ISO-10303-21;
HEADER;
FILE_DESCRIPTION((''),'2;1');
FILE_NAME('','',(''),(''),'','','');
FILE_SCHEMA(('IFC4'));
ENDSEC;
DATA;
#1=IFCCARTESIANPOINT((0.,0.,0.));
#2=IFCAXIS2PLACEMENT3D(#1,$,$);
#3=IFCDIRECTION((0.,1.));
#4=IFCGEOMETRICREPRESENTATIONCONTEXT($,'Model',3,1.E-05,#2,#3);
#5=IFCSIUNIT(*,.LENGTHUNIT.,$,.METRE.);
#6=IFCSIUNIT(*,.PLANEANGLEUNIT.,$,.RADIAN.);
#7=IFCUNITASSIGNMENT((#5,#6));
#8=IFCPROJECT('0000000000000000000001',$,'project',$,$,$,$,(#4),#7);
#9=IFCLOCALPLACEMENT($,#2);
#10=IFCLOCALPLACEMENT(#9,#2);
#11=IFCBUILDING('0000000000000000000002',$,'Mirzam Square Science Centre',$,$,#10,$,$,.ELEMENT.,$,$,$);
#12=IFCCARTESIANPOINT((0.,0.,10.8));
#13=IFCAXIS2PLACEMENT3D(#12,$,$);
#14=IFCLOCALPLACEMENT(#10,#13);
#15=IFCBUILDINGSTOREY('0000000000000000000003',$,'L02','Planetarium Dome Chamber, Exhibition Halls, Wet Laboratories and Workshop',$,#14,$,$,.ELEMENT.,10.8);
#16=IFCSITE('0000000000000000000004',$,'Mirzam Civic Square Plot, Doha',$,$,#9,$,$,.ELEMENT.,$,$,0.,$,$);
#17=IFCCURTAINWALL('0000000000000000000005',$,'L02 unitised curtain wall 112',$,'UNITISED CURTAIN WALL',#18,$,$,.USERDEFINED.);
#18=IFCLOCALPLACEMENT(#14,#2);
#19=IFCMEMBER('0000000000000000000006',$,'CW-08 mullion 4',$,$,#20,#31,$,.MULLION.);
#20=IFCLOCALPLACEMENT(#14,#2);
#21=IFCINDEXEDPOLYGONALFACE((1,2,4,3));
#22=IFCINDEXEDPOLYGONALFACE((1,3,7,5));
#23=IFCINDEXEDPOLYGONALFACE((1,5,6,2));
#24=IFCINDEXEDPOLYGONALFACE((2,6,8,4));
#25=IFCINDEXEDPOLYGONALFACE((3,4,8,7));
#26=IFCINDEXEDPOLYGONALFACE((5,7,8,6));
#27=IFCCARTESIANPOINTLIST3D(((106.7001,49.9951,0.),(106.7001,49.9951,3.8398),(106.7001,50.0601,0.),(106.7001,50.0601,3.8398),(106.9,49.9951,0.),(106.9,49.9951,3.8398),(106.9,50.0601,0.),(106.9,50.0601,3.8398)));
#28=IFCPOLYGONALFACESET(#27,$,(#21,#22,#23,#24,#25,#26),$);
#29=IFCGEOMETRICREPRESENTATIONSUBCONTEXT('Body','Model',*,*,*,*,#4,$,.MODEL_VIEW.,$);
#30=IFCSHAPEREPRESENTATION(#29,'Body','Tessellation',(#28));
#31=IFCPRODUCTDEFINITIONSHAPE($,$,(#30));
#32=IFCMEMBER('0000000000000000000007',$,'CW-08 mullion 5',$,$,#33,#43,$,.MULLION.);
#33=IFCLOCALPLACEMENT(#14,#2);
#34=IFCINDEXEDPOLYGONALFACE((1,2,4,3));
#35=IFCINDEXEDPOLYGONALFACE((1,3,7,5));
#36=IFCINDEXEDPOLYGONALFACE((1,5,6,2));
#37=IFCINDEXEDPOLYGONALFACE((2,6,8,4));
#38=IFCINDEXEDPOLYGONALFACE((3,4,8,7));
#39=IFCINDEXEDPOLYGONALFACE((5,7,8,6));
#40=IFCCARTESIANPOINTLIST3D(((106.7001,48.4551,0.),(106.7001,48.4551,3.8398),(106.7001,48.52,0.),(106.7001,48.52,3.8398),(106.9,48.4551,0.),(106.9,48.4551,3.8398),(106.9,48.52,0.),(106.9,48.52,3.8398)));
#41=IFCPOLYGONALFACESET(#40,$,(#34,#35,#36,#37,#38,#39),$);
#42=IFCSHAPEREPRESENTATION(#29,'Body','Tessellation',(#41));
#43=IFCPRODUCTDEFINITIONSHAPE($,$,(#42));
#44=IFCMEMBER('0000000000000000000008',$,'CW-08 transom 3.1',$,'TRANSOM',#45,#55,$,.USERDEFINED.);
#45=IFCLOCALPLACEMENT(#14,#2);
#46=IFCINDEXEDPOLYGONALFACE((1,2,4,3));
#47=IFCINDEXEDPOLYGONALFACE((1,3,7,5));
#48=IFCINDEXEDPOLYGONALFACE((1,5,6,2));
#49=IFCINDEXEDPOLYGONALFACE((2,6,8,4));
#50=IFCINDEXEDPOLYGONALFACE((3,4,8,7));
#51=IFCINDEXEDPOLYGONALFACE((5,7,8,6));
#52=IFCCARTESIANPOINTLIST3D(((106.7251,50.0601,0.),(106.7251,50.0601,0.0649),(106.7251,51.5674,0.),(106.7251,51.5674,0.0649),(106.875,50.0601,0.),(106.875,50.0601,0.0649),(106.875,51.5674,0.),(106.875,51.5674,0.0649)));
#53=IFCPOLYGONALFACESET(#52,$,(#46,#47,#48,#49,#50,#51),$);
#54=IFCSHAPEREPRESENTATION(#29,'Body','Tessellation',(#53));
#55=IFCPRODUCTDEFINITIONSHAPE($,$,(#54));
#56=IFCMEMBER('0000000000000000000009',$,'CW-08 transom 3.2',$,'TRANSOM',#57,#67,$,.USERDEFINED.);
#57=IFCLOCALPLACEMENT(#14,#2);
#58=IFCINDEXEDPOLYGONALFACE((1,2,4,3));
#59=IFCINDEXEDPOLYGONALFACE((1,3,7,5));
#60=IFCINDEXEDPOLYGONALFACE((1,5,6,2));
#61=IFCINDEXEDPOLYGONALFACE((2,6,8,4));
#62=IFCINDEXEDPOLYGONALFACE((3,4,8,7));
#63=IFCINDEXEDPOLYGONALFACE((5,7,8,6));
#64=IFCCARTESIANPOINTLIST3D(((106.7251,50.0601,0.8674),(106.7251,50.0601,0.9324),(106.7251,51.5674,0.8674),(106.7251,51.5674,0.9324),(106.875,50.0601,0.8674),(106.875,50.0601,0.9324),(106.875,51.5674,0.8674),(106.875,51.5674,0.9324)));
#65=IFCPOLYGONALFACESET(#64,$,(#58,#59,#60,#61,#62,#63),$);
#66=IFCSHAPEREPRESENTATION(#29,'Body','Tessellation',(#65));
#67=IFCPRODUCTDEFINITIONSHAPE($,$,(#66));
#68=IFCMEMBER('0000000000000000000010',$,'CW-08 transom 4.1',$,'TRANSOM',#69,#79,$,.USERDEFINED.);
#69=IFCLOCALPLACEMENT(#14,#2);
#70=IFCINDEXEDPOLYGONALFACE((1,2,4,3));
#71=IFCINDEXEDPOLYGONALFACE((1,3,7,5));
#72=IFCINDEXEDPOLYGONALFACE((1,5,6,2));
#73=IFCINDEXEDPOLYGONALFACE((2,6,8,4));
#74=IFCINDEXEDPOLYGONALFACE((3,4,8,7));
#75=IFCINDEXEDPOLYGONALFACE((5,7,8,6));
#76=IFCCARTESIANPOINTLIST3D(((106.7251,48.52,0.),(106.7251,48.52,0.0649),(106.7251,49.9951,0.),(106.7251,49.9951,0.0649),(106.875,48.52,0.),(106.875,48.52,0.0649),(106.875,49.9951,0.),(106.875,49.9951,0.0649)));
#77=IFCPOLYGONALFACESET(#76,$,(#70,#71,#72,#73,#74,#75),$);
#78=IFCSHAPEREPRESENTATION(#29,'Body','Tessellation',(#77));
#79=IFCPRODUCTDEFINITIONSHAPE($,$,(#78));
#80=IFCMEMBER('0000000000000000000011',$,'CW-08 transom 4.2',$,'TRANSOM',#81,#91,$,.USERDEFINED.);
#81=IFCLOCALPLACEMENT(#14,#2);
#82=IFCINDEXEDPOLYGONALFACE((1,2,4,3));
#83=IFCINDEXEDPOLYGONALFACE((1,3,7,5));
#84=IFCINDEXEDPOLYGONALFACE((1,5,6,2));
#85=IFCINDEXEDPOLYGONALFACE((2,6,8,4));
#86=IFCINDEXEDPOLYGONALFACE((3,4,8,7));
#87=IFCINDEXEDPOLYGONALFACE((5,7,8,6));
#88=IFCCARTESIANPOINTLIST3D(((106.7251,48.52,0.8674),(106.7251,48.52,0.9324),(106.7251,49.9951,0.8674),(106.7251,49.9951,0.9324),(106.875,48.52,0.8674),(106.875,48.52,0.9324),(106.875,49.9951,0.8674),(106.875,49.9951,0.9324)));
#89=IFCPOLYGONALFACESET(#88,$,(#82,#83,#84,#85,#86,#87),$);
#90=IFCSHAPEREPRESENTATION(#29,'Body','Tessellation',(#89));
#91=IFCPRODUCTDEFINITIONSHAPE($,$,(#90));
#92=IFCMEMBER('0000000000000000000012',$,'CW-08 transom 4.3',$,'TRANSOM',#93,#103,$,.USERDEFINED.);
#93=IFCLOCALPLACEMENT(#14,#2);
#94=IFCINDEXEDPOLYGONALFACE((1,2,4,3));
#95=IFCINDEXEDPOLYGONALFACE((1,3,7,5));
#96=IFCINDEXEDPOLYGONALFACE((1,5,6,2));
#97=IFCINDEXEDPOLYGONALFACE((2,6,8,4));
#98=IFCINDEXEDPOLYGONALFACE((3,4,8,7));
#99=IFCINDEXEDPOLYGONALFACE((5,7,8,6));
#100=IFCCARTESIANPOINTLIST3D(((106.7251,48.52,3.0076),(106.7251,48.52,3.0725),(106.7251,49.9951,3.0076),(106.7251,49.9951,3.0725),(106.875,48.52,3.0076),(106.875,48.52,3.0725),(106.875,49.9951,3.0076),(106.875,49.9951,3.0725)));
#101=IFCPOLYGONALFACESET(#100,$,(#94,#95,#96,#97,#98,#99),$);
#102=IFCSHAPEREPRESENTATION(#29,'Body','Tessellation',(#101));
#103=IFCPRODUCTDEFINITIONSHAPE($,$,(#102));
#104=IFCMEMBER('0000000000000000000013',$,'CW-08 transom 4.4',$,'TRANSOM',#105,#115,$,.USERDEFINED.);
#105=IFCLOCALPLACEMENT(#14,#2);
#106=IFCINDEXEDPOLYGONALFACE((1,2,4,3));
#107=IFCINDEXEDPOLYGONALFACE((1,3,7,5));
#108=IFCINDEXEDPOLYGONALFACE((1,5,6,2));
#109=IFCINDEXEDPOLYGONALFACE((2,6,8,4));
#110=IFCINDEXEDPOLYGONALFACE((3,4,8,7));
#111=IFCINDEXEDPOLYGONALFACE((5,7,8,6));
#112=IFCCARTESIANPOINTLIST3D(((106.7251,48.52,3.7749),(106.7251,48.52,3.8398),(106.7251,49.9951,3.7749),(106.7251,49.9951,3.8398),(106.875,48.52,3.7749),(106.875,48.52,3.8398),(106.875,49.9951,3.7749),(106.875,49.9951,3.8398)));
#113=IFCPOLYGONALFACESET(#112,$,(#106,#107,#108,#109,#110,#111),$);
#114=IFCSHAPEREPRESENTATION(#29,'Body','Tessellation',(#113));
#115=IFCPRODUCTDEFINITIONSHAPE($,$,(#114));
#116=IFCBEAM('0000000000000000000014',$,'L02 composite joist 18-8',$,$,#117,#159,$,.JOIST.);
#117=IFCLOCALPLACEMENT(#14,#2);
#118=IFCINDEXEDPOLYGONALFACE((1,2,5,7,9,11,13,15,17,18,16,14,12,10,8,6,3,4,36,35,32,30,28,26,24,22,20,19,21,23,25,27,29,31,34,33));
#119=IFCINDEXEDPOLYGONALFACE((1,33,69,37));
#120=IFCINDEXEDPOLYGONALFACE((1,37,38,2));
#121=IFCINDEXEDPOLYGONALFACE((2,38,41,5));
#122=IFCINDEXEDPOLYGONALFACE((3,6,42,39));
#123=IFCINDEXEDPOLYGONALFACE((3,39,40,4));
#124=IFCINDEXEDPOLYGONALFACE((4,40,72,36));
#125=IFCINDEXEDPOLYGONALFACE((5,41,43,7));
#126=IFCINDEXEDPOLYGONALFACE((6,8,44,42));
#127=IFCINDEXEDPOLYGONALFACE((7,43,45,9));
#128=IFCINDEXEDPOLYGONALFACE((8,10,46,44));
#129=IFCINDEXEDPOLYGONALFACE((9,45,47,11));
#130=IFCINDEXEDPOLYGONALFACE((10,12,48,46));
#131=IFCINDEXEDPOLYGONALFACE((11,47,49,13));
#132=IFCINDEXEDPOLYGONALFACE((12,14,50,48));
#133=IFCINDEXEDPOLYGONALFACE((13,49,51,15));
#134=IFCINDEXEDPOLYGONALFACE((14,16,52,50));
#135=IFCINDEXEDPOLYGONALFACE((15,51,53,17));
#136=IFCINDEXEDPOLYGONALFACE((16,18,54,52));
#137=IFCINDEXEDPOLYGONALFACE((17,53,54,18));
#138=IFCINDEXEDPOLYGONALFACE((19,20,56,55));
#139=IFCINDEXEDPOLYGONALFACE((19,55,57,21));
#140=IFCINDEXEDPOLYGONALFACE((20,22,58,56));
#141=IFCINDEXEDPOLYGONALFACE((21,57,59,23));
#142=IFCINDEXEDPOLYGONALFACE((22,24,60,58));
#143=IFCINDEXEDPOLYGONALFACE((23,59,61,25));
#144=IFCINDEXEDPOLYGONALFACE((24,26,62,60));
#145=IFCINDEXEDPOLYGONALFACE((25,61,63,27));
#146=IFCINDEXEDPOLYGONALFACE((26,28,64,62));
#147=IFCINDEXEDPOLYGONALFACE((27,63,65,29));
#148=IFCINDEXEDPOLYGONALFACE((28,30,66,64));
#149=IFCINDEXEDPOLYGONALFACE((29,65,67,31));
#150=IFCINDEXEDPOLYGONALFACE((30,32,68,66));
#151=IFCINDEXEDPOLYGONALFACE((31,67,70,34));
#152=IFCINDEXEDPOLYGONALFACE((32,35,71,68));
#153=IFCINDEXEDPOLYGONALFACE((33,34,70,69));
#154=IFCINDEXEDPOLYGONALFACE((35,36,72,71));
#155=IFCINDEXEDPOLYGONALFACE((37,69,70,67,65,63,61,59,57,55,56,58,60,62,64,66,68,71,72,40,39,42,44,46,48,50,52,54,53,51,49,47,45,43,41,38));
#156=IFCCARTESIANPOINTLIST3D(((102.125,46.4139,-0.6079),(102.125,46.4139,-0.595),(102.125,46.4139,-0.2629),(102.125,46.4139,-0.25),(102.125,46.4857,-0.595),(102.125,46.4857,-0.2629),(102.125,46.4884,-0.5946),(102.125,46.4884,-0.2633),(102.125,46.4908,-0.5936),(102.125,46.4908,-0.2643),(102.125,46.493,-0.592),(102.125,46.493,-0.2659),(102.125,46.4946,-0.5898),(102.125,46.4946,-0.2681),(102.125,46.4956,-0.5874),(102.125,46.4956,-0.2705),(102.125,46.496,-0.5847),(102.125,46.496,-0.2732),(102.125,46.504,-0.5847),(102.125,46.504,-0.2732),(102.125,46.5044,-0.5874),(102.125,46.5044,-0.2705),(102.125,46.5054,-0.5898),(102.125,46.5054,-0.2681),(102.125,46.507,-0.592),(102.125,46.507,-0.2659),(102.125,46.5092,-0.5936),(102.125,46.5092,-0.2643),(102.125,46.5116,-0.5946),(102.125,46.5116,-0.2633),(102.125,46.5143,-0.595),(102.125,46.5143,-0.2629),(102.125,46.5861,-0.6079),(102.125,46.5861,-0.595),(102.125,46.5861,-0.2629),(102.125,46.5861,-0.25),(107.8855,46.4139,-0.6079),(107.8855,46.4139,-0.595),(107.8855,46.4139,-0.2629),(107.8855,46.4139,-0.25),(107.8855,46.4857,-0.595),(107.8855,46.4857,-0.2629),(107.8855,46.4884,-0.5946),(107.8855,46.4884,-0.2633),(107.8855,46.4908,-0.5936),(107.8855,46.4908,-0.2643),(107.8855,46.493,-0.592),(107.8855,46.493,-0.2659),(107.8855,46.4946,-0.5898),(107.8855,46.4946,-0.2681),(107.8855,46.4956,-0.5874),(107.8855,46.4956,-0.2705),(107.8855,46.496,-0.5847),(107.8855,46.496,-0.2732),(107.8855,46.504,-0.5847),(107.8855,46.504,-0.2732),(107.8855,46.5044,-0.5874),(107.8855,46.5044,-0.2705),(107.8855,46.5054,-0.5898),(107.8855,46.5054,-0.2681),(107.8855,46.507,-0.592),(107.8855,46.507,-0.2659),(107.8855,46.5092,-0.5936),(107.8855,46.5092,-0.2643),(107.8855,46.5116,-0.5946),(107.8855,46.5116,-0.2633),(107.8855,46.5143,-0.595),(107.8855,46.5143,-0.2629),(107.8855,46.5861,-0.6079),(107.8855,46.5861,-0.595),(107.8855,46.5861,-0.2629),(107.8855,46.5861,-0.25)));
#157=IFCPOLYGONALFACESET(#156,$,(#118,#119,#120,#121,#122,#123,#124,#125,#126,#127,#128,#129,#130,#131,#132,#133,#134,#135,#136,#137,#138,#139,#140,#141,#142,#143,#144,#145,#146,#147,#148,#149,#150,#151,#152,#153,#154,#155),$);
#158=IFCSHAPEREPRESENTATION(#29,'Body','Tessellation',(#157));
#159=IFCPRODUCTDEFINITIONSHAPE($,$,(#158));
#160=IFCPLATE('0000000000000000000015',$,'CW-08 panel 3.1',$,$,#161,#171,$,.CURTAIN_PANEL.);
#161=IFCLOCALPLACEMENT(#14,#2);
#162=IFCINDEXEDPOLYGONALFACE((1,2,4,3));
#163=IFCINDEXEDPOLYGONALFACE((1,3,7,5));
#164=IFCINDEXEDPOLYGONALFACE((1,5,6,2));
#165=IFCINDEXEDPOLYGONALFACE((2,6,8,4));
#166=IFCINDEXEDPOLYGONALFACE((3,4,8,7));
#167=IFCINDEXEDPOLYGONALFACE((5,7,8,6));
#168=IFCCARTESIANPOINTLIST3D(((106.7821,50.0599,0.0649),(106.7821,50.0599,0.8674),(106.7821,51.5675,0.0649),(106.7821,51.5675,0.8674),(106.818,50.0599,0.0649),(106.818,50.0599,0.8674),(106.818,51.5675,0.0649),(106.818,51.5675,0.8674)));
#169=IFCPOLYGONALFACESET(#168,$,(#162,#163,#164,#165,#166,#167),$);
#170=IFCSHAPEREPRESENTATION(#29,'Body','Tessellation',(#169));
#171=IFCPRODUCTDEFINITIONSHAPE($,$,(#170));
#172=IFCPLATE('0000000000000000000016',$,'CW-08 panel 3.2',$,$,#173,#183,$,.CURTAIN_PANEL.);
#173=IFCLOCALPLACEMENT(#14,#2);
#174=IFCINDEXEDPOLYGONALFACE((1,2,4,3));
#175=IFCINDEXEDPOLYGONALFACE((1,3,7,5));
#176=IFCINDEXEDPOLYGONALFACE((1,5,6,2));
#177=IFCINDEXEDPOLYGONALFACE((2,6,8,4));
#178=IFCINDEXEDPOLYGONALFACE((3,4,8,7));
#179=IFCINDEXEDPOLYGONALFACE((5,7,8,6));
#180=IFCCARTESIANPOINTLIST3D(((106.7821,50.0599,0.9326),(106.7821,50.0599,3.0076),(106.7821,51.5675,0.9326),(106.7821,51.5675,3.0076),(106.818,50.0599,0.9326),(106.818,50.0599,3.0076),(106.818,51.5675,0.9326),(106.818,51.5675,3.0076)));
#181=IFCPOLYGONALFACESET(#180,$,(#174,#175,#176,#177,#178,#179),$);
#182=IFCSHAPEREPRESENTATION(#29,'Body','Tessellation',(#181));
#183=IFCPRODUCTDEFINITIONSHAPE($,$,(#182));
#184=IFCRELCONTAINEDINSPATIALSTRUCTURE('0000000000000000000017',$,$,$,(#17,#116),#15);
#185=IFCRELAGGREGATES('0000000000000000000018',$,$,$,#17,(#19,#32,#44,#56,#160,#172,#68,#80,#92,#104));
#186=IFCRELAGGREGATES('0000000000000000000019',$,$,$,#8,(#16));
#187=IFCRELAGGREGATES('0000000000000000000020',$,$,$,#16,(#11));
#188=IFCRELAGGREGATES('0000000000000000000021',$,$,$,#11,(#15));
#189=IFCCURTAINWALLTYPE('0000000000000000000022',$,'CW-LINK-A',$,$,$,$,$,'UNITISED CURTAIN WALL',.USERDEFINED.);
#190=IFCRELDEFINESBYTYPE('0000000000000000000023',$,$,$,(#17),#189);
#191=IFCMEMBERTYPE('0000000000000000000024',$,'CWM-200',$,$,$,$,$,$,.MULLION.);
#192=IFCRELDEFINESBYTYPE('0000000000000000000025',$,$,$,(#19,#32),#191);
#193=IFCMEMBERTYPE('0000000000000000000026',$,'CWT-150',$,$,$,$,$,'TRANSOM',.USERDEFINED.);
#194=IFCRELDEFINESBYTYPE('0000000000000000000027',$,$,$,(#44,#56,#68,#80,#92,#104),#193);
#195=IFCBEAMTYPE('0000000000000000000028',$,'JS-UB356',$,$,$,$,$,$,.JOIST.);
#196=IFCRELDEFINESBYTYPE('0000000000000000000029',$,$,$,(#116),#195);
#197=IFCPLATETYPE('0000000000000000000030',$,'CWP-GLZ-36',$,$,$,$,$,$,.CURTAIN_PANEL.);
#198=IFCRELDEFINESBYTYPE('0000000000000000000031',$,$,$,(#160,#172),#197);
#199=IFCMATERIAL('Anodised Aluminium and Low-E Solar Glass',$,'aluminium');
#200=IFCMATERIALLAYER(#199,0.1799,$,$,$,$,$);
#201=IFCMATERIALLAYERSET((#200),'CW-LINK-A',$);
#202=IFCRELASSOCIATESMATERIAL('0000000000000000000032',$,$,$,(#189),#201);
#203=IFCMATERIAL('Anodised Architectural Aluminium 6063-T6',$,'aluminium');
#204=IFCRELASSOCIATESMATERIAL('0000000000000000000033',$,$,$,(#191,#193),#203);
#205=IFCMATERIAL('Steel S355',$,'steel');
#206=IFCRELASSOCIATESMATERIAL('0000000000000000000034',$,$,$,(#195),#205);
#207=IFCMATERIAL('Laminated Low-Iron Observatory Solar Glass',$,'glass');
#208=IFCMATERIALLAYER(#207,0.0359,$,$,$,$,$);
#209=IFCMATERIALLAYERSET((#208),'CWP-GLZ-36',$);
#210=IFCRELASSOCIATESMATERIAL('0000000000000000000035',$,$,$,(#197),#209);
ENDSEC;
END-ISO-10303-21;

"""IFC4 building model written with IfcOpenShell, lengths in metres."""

from ifc_helpers import new_model, si_unit, direction, frame, origin, origin_2d, place, context, subcontext, project, spatial, rectangle, i_section, extrude, material, layer, layer_set, material_profile, profile_set, type_object, element, aggregate, save


model = new_model("IFC4")

# Units and contexts
model_context = context("Model", 3, precision=1e-05, world=origin(), true_north=direction((0.0, 1.0)))
body_context = subcontext(model_context, "Body", "Model", "MODEL_VIEW")
ifc_project = project(units=[si_unit("LENGTHUNIT", "METRE"), si_unit("PLANEANGLEUNIT", "RADIAN")], contexts=[model_context])

# Site, building, storey
site_placement = place(None, origin())
site = spatial("IfcSite", under=ifc_project, at=site_placement, Name="Mirzam Civic Square Plot, Doha", CompositionType="ELEMENT", RefElevation=0.0)
building_placement = place(site_placement, origin())
building = spatial("IfcBuilding", under=site, at=building_placement, Name="Mirzam Square Science Centre", CompositionType="ELEMENT")
storey_placement = place(building_placement, frame((0.0, 0.0, 10.8)))
storey = spatial("IfcBuildingStorey", under=building, at=storey_placement, Name="L02", Description="Planetarium Dome Chamber, Exhibition Halls, Wet Laboratories and Workshop", CompositionType="ELEMENT", Elevation=10.8)

# Curtain wall, members
ifc_material_1 = material(Name="Anodised Aluminium and Low-E Solar Glass", Category="aluminium")
ifc_layer_1 = layer(ifc_material_1, 0.1799)
ifc_layer_set_1 = layer_set([ifc_layer_1], Name="CW-LINK-A")
curtain_wall_type = type_object("IfcCurtainWallType", Name="CW-LINK-A", ElementType="UNITISED CURTAIN WALL", PredefinedType="USERDEFINED", material=ifc_layer_set_1)
curtain_wall_placement = place(storey_placement, origin())
curtain_wall = element("IfcCurtainWall", 1, at=curtain_wall_placement, inside=storey, type_object=curtain_wall_type, Name="L02 unitised curtain wall 112", ObjectType="UNITISED CURTAIN WALL", PredefinedType="USERDEFINED")
ifc_material_2 = material(Name="Anodised Architectural Aluminium 6063-T6", Category="aluminium")
ifc_material_profile_1 = material_profile(ifc_material_2, rectangle(XDim=0.0649, YDim=0.2, at=origin_2d()), Name="ALU-MULL-200x65x5")
ifc_profile_set_1 = profile_set([ifc_material_profile_1], Name="Anodised Architectural Aluminium 6063-T6")
member_type_1 = type_object("IfcMemberType", Name="CWM-200", PredefinedType="MULLION", material=ifc_profile_set_1)
member_1_placement = place(storey_placement, frame((106.8, 50.0276, 0.0), z_axis=(0.0, 0.0, 1.0), x_axis=(0.0, -1.0, 0.0)))
member_1 = element("IfcMember", 2, at=member_1_placement, type_object=member_type_1, Name="CW-08 mullion 4", PredefinedType="MULLION", context=body_context, shape_type="SweptSolid", body=[
    extrude(rectangle(XDim=0.0649, YDim=0.2, at=origin_2d()), origin(), (0.0, 0.0, 1.0), 3.8398),
])
member_2_placement = place(storey_placement, frame((106.8, 48.4875, 0.0), z_axis=(0.0, 0.0, 1.0), x_axis=(0.0, -1.0, 0.0)))
member_2 = element("IfcMember", 3, at=member_2_placement, type_object=member_type_1, Name="CW-08 mullion 5", PredefinedType="MULLION", context=body_context, shape_type="SweptSolid", body=[
    extrude(rectangle(XDim=0.0649, YDim=0.2, at=origin_2d()), origin(), (0.0, 0.0, 1.0), 3.8398),
])
ifc_material_profile_2 = material_profile(ifc_material_2, rectangle(XDim=0.1499, YDim=0.0649, at=origin_2d()), Name="ALU-TRAN-150x65x4")
ifc_profile_set_2 = profile_set([ifc_material_profile_2], Name="Anodised Architectural Aluminium 6063-T6")
member_type_2 = type_object("IfcMemberType", Name="CWT-150", ElementType="TRANSOM", PredefinedType="USERDEFINED", material=ifc_profile_set_2)
member_3_placement = place(storey_placement, frame((106.8, 51.5674, 0.0325), z_axis=(0.0, -1.0, 0.0), x_axis=(1.0, 0.0, 0.0)))
member_3 = element("IfcMember", 4, at=member_3_placement, type_object=member_type_2, Name="CW-08 transom 3.1", ObjectType="TRANSOM", PredefinedType="USERDEFINED", context=body_context, shape_type="SweptSolid", body=[
    extrude(rectangle(XDim=0.1499, YDim=0.0649, at=origin_2d()), origin(), (0.0, 0.0, 1.0), 1.5073),
])
member_4_placement = place(storey_placement, frame((106.8, 51.5674, 0.8999), z_axis=(0.0, -1.0, 0.0), x_axis=(1.0, 0.0, 0.0)))
member_4 = element("IfcMember", 5, at=member_4_placement, type_object=member_type_2, Name="CW-08 transom 3.2", ObjectType="TRANSOM", PredefinedType="USERDEFINED", context=body_context, shape_type="SweptSolid", body=[
    extrude(rectangle(XDim=0.1499, YDim=0.0649, at=origin_2d()), origin(), (0.0, 0.0, 1.0), 1.5073),
])
member_5_placement = place(storey_placement, frame((106.8, 49.9951, 0.0325), z_axis=(0.0, -1.0, 0.0), x_axis=(1.0, 0.0, 0.0)))
member_5 = element("IfcMember", 6, at=member_5_placement, type_object=member_type_2, Name="CW-08 transom 4.1", ObjectType="TRANSOM", PredefinedType="USERDEFINED", context=body_context, shape_type="SweptSolid", body=[
    extrude(rectangle(XDim=0.1499, YDim=0.0649, at=origin_2d()), origin(), (0.0, 0.0, 1.0), 1.4751),
])
member_6_placement = place(storey_placement, frame((106.8, 49.9951, 0.8999), z_axis=(0.0, -1.0, 0.0), x_axis=(1.0, 0.0, 0.0)))
member_6 = element("IfcMember", 7, at=member_6_placement, type_object=member_type_2, Name="CW-08 transom 4.2", ObjectType="TRANSOM", PredefinedType="USERDEFINED", context=body_context, shape_type="SweptSolid", body=[
    extrude(rectangle(XDim=0.1499, YDim=0.0649, at=origin_2d()), origin(), (0.0, 0.0, 1.0), 1.4751),
])
member_7_placement = place(storey_placement, frame((106.8, 49.9951, 3.04), z_axis=(0.0, -1.0, 0.0), x_axis=(1.0, 0.0, 0.0)))
member_7 = element("IfcMember", 8, at=member_7_placement, type_object=member_type_2, Name="CW-08 transom 4.3", ObjectType="TRANSOM", PredefinedType="USERDEFINED", context=body_context, shape_type="SweptSolid", body=[
    extrude(rectangle(XDim=0.1499, YDim=0.0649, at=origin_2d()), origin(), (0.0, 0.0, 1.0), 1.4751),
])
member_8_placement = place(storey_placement, frame((106.8, 49.9951, 3.8074), z_axis=(0.0, -1.0, 0.0), x_axis=(1.0, 0.0, 0.0)))
member_8 = element("IfcMember", 9, at=member_8_placement, type_object=member_type_2, Name="CW-08 transom 4.4", ObjectType="TRANSOM", PredefinedType="USERDEFINED", context=body_context, shape_type="SweptSolid", body=[
    extrude(rectangle(XDim=0.1499, YDim=0.0649, at=origin_2d()), origin(), (0.0, 0.0, 1.0), 1.4751),
])

# Beam
ifc_material_3 = material(Name="Steel S355", Category="steel")
ifc_material_profile_3 = material_profile(ifc_material_3, i_section(OverallWidth=0.1721, OverallDepth=0.3579, WebThickness=0.0081, FlangeThickness=0.0129, FilletRadius=0.0103, at=origin_2d()), Name="356x171x57UB")
ifc_profile_set_3 = profile_set([ifc_material_profile_3], Name="Steel S355")
beam_type = type_object("IfcBeamType", Name="JS-UB356", PredefinedType="JOIST", material=ifc_profile_set_3)
beam_placement = place(storey_placement, frame((102.125, 46.5, -0.429), z_axis=(1.0, 0.0, 0.0), x_axis=(0.0, 1.0, 0.0)))
element("IfcBeam", 10, at=beam_placement, inside=storey, type_object=beam_type, Name="L02 composite joist 18-8", PredefinedType="JOIST", context=body_context, shape_type="SweptSolid", body=[
    extrude(i_section(OverallWidth=0.1721, OverallDepth=0.3579, WebThickness=0.0081, FlangeThickness=0.0129, FilletRadius=0.0103, at=origin_2d()), origin(), (0.0, 0.0, 1.0), 5.7605),
])

# Plates
ifc_material_4 = material(Name="Laminated Low-Iron Observatory Solar Glass", Category="glass")
ifc_layer_2 = layer(ifc_material_4, 0.0359)
ifc_layer_set_2 = layer_set([ifc_layer_2], Name="CWP-GLZ-36")
plate_type = type_object("IfcPlateType", Name="CWP-GLZ-36", PredefinedType="CURTAIN_PANEL", material=ifc_layer_set_2)
plate_1_placement = place(storey_placement, frame((106.8, 50.8137, 0.0649), z_axis=(0.0, 0.0, 1.0), x_axis=(0.0, -1.0, 0.0)))
plate_1 = element("IfcPlate", 11, at=plate_1_placement, type_object=plate_type, Name="CW-08 panel 3.1", PredefinedType="CURTAIN_PANEL", context=body_context, shape_type="SweptSolid", body=[
    extrude(rectangle(XDim=1.5076, YDim=0.0359, at=origin_2d()), origin(), (0.0, 0.0, 1.0), 0.8025),
])
plate_2_placement = place(storey_placement, frame((106.8, 50.8137, 0.9326), z_axis=(0.0, 0.0, 1.0), x_axis=(0.0, -1.0, 0.0)))
plate_2 = element("IfcPlate", 12, at=plate_2_placement, type_object=plate_type, Name="CW-08 panel 3.2", PredefinedType="CURTAIN_PANEL", context=body_context, shape_type="SweptSolid", body=[
    extrude(rectangle(XDim=1.5076, YDim=0.0359, at=origin_2d()), origin(), (0.0, 0.0, 1.0), 2.075),
])
aggregate(curtain_wall, [member_1, member_2, member_3, member_4, plate_1, plate_2, member_5, member_6, member_7, member_8])

save(model, "model.ifc")
